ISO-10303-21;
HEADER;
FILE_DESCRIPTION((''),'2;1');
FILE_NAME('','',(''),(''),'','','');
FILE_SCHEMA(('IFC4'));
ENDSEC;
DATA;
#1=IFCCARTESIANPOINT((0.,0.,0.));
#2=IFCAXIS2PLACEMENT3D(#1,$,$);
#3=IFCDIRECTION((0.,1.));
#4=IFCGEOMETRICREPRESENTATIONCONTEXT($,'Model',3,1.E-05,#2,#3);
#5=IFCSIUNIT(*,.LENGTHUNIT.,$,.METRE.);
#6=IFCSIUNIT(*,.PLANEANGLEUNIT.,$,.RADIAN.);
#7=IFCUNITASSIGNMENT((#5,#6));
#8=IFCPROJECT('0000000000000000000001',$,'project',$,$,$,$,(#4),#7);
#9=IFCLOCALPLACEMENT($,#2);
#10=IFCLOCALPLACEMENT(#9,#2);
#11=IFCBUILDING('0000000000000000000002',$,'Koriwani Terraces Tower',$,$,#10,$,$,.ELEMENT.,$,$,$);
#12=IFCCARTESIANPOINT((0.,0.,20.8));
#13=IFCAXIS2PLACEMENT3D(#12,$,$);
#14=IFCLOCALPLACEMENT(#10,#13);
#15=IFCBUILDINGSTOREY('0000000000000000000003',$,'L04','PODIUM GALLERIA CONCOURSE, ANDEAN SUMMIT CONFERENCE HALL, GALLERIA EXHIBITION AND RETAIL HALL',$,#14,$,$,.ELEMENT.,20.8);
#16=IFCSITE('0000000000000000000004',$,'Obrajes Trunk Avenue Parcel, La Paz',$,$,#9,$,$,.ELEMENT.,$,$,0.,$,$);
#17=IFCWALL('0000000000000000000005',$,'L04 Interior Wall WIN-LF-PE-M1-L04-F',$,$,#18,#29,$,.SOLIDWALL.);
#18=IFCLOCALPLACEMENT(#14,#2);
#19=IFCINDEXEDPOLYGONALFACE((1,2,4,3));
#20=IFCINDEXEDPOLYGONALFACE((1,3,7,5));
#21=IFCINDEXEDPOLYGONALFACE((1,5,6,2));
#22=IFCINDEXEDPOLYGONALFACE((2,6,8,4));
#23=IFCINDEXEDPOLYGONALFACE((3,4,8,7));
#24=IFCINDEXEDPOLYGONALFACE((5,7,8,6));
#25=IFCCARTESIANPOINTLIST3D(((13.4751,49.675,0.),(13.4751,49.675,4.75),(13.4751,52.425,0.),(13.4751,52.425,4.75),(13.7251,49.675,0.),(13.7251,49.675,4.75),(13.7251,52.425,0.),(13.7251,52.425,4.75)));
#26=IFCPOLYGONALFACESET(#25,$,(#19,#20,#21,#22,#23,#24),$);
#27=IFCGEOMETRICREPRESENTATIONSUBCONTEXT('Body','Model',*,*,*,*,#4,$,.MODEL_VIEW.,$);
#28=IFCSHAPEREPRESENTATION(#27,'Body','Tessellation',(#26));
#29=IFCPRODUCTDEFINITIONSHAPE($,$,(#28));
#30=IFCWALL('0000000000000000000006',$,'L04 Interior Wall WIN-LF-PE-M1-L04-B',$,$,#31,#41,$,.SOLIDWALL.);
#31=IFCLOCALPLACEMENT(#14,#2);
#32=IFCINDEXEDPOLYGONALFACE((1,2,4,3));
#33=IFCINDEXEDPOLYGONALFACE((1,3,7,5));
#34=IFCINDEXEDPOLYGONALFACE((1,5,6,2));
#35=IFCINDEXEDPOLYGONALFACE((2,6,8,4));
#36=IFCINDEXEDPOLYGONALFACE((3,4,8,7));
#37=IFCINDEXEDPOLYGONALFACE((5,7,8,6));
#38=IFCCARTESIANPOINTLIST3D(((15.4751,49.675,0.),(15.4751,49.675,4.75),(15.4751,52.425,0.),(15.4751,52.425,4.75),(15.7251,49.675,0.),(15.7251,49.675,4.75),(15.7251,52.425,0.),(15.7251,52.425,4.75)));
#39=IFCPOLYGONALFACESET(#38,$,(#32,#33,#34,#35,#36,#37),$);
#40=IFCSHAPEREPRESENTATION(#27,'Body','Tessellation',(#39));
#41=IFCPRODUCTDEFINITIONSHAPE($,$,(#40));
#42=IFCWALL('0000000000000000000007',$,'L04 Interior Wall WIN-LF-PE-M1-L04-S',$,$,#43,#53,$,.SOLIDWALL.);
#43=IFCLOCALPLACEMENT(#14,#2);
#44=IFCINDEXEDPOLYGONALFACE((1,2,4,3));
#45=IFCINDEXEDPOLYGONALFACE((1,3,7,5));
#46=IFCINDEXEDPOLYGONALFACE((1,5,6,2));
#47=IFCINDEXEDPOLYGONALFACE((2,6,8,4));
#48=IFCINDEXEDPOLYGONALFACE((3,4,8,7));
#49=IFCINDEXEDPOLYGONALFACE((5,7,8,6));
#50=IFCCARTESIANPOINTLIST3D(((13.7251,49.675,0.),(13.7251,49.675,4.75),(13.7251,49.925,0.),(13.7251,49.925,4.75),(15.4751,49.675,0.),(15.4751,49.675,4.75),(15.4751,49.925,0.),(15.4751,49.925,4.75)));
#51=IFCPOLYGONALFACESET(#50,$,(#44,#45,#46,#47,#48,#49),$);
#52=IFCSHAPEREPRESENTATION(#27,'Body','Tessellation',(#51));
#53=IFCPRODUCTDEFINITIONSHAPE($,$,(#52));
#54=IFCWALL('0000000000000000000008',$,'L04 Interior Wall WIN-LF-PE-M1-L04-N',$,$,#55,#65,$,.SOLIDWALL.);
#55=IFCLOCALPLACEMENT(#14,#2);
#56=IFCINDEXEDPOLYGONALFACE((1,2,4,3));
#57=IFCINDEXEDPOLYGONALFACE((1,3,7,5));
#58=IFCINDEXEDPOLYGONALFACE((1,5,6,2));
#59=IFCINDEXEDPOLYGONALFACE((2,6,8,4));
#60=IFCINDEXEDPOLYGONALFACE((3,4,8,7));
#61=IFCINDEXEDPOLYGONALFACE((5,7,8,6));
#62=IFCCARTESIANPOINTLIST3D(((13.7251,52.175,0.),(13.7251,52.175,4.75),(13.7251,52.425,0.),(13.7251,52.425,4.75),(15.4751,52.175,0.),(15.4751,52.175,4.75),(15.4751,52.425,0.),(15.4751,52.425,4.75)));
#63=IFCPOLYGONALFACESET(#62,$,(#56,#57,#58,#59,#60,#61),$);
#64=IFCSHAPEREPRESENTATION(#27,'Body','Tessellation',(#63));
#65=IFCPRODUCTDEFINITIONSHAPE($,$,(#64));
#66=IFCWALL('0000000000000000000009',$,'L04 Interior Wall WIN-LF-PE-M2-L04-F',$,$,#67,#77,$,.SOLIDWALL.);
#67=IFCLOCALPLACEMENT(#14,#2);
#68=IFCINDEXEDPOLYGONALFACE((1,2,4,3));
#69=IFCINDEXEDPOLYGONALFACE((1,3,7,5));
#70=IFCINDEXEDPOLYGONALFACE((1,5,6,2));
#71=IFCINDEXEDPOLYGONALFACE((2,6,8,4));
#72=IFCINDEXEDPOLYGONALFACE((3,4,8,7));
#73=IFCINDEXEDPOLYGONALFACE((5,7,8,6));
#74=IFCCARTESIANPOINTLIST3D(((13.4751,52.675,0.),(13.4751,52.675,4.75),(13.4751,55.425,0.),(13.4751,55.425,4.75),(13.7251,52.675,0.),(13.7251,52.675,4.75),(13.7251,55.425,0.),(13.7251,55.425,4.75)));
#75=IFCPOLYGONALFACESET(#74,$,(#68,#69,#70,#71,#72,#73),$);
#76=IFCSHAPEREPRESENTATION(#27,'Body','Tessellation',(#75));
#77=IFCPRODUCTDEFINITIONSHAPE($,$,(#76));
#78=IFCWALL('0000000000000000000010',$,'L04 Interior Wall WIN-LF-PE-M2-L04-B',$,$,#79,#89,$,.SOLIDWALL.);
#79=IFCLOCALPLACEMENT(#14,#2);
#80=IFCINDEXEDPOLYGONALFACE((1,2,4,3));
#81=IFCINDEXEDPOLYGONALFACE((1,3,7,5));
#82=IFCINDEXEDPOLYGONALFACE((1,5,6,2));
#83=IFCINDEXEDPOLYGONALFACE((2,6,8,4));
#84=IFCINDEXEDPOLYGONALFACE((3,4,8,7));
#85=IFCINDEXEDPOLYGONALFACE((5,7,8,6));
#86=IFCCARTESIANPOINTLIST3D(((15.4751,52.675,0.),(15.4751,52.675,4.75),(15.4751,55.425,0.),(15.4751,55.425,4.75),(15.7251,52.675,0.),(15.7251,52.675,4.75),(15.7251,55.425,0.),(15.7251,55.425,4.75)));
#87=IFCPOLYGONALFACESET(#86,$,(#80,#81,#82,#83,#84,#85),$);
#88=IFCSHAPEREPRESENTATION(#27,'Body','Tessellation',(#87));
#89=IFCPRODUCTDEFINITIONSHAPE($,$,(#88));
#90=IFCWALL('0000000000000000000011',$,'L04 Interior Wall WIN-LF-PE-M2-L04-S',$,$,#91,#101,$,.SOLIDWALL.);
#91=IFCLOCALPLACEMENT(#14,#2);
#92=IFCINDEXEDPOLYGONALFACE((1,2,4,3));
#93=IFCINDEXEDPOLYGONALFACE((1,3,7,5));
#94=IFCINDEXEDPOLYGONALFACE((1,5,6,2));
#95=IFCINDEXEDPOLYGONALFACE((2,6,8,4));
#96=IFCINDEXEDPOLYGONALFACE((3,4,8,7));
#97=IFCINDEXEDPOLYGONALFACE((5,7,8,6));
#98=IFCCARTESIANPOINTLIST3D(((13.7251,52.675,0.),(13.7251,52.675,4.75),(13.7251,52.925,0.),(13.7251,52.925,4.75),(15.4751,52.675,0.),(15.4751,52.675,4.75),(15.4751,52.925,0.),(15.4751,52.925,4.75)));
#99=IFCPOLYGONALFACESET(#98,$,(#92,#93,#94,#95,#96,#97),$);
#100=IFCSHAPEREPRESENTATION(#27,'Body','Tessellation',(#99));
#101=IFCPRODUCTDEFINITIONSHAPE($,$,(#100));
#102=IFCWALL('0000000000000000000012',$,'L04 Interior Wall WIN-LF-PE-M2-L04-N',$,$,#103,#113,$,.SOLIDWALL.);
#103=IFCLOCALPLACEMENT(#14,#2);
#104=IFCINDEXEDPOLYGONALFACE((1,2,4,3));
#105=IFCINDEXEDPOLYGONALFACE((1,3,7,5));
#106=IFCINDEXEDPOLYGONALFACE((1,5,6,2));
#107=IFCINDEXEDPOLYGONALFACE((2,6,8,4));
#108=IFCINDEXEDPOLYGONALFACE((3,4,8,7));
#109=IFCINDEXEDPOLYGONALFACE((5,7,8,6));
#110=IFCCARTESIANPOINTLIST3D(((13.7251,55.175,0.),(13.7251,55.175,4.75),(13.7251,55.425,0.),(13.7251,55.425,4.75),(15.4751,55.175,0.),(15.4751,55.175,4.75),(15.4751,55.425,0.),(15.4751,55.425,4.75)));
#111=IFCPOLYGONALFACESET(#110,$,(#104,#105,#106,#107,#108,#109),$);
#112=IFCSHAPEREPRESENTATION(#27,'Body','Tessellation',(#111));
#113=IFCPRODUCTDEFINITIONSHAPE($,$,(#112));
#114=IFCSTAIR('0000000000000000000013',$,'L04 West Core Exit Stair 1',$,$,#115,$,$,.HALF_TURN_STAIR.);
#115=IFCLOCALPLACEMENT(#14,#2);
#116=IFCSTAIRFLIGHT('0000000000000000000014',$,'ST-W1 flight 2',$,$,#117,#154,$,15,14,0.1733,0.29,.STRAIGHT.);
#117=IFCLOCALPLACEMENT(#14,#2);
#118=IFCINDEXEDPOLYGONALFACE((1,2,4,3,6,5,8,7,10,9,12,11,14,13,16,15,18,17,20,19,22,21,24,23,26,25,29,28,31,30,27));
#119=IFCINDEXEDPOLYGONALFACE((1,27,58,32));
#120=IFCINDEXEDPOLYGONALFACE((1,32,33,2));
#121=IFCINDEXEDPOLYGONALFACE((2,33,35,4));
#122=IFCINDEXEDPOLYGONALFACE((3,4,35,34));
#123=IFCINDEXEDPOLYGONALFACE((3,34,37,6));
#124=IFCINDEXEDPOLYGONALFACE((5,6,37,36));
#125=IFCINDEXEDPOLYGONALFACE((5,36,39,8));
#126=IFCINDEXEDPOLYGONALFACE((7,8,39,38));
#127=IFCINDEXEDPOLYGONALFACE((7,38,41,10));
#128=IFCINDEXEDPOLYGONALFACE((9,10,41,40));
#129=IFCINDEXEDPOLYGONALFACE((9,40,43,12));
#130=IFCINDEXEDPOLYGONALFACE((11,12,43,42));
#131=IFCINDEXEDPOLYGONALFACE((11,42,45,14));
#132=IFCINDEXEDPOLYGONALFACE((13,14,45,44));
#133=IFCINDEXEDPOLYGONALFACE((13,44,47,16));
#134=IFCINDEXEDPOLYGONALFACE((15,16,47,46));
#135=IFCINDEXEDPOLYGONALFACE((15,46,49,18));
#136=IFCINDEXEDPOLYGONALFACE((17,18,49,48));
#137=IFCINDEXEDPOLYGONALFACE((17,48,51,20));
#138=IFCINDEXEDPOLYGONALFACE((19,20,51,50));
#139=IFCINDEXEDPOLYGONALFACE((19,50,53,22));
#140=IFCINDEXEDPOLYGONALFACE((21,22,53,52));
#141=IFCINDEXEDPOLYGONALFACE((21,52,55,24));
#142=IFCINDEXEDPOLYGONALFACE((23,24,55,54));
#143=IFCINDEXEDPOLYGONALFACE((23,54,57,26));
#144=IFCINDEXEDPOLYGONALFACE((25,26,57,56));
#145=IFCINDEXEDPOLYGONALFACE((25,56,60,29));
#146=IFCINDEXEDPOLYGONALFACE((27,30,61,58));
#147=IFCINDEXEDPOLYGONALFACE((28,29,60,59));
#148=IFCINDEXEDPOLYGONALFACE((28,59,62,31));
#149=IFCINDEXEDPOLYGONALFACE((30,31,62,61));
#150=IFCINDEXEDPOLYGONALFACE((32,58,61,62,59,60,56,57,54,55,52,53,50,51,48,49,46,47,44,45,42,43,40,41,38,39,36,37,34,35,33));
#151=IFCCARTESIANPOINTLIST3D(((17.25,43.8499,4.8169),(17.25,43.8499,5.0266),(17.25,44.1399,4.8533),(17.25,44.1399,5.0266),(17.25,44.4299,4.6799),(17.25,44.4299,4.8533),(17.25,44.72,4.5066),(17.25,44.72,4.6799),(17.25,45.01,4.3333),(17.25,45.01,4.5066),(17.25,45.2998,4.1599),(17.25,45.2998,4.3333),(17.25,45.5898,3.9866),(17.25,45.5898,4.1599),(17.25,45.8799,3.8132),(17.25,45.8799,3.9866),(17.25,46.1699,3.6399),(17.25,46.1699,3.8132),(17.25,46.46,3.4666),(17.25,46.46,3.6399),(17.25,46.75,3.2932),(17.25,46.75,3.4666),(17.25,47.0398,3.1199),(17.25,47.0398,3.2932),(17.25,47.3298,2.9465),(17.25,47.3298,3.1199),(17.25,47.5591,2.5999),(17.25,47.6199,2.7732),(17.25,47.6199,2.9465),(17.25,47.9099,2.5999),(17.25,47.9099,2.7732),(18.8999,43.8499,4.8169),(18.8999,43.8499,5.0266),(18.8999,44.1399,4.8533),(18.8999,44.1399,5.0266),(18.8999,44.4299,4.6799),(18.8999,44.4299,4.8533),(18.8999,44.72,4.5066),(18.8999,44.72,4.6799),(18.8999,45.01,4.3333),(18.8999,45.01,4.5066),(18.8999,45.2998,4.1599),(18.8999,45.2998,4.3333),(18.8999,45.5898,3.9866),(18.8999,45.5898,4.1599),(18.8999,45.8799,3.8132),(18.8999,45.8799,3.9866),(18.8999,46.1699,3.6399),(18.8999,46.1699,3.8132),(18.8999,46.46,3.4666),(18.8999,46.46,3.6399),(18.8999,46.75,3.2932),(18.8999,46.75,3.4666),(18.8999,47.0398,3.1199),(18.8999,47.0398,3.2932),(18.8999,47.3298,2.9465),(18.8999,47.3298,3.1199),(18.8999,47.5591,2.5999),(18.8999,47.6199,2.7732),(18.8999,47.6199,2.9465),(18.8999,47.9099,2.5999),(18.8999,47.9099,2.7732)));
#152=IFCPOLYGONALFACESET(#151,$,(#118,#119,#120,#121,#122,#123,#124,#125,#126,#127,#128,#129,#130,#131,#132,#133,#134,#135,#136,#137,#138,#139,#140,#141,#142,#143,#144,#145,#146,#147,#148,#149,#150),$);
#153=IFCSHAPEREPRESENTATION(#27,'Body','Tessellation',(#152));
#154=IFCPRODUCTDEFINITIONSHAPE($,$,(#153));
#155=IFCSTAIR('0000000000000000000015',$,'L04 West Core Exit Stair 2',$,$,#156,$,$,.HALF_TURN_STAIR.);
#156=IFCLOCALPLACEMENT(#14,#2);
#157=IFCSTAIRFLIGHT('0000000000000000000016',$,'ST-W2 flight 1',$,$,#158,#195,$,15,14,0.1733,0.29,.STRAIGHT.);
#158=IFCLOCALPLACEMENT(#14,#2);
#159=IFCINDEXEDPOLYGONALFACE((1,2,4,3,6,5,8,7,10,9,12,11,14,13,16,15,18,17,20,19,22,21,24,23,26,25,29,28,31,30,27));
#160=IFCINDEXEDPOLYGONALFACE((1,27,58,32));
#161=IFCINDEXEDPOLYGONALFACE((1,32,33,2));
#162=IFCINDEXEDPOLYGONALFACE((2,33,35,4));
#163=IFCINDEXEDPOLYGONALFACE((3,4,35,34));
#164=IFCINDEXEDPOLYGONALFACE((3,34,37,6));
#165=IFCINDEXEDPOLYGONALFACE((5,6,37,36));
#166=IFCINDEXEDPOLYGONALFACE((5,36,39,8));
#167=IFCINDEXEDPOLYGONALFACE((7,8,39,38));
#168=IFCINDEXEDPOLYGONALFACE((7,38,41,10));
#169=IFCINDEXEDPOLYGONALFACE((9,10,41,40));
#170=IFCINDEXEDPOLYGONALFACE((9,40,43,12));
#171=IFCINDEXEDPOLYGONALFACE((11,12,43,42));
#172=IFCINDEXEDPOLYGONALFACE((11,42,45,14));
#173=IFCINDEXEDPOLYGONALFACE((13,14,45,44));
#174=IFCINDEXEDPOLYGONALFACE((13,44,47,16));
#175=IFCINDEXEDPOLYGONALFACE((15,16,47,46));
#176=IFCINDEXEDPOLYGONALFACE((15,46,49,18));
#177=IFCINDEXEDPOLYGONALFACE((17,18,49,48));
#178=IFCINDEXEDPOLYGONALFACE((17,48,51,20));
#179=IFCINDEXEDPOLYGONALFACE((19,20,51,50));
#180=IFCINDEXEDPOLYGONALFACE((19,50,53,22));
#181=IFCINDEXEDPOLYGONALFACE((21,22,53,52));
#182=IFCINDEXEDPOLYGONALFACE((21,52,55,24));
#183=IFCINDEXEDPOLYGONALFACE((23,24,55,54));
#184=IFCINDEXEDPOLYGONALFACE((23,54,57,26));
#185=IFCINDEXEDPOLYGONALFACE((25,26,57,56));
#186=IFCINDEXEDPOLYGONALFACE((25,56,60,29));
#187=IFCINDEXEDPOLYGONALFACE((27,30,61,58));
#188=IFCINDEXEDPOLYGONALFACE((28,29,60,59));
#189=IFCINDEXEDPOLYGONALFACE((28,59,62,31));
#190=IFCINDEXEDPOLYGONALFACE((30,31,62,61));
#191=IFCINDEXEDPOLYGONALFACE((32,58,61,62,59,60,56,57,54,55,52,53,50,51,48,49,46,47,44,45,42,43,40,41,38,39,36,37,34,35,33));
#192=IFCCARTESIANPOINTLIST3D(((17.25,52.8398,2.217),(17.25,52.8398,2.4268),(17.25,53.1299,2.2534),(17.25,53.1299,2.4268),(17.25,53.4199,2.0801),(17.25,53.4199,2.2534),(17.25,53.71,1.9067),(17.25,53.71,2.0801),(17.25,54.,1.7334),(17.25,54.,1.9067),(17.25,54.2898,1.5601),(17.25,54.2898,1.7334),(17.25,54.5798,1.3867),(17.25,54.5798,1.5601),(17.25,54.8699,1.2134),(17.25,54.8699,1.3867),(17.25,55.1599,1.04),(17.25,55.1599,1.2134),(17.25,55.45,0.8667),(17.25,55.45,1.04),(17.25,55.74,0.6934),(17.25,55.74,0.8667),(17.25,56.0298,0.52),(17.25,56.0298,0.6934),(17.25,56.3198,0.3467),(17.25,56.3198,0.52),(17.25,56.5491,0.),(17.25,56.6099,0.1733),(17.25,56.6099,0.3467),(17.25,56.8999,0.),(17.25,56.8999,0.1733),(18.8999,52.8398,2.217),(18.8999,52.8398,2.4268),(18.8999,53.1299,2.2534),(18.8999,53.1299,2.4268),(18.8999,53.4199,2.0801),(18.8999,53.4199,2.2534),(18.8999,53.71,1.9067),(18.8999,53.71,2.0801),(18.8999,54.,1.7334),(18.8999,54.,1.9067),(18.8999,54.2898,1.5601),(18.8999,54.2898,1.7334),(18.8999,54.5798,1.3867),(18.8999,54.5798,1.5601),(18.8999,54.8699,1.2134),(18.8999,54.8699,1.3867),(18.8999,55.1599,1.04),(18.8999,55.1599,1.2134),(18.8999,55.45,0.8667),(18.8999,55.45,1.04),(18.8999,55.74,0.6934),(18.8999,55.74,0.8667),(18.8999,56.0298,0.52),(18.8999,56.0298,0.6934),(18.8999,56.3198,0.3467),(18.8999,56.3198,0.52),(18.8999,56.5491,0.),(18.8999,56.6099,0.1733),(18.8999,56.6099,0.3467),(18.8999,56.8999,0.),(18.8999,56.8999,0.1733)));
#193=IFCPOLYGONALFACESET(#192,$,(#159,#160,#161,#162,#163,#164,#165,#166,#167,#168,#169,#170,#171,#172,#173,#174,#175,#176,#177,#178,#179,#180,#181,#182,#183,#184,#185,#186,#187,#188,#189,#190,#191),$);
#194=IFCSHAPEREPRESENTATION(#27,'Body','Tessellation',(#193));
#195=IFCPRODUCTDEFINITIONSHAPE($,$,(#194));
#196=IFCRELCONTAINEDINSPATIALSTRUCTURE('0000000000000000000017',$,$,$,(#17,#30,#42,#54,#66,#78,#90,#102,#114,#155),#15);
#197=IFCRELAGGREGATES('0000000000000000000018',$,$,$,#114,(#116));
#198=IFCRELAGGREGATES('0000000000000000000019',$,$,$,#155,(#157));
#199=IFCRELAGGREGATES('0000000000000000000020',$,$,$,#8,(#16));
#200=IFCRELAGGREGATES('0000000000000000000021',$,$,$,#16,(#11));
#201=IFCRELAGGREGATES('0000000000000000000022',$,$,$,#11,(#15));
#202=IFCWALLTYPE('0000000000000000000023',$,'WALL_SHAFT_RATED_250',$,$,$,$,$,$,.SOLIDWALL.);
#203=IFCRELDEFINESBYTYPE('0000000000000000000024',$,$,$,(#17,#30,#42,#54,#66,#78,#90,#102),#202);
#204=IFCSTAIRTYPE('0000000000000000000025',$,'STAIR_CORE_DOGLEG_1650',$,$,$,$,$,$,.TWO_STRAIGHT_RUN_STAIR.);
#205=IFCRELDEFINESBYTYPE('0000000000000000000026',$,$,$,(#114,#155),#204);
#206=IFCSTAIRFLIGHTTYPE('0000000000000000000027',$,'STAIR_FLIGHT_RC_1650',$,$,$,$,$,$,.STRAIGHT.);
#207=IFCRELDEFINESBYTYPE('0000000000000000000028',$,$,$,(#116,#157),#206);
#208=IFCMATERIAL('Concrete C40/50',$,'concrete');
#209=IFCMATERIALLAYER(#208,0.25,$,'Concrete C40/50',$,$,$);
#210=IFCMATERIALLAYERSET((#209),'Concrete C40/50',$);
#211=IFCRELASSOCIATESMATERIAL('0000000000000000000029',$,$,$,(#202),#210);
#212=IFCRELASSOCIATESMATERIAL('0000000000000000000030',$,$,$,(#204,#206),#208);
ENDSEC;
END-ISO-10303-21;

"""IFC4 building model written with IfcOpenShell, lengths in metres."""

from ifc_helpers import new_model, si_unit, direction, frame, frame_2d, origin, place, context, subcontext, project, spatial, polyline, rectangle, outline, extrude, material, layer, layer_set, type_object, element, aggregate, save


model = new_model("IFC4")

# Units and contexts
model_context = context("Model", 3, precision=1e-05, world=origin(), true_north=direction((0.0, 1.0)))
body_context = subcontext(model_context, "Body", "Model", "MODEL_VIEW")
ifc_project = project(units=[si_unit("LENGTHUNIT", "METRE"), si_unit("PLANEANGLEUNIT", "RADIAN")], contexts=[model_context])

# Site, building, storey
site_placement = place(None, origin())
site = spatial("IfcSite", under=ifc_project, at=site_placement, Name="Obrajes Trunk Avenue Parcel, La Paz", CompositionType="ELEMENT", RefElevation=0.0)
building_placement = place(site_placement, origin())
building = spatial("IfcBuilding", under=site, at=building_placement, Name="Koriwani Terraces Tower", CompositionType="ELEMENT")
storey_placement = place(building_placement, frame((0.0, 0.0, 20.8)))
storey = spatial("IfcBuildingStorey", under=building, at=storey_placement, Name="L04", Description="PODIUM GALLERIA CONCOURSE, ANDEAN SUMMIT CONFERENCE HALL, GALLERIA EXHIBITION AND RETAIL HALL", CompositionType="ELEMENT", Elevation=20.8)

# Shared definitions
ifc_material_1 = material(Name="Concrete C40/50", Category="concrete")

# Shared definitions
ifc_layer_1 = layer(ifc_material_1, 0.25, Name="Concrete C40/50")
ifc_layer_set_1 = layer_set([ifc_layer_1], Name="Concrete C40/50")
wall_type = type_object("IfcWallType", Name="WALL_SHAFT_RATED_250", PredefinedType="SOLIDWALL", material=ifc_layer_set_1)

# Walls
for number, where, z_axis, x_axis, name in (
    (1, (13.6001, 49.675, 0.0), (0.0, 0.0, 1.0), (0.0, 1.0, 0.0), "L04 Interior Wall WIN-LF-PE-M1-L04-F"),
    (2, (15.6001, 49.675, 0.0), (0.0, 0.0, 1.0), (0.0, 1.0, 0.0), "L04 Interior Wall WIN-LF-PE-M1-L04-B"),
):
    element("IfcWall", number, at=place(storey_placement, frame(where, z_axis=z_axis, x_axis=x_axis)), inside=storey, type_object=wall_type, Name=name, PredefinedType="SOLIDWALL", context=body_context, shape_type="SweptSolid", body=[
        extrude(rectangle(XDim=2.75, YDim=0.25, at=frame_2d((1.375, 0.0))), origin(), (0.0, 0.0, 1.0), 4.75),
    ])
for number, where, z_axis, x_axis, name in (
    (3, (13.7251, 49.8, 0.0), (0.0, 0.0, 1.0), (1.0, 0.0, 0.0), "L04 Interior Wall WIN-LF-PE-M1-L04-S"),
    (4, (13.7251, 52.3, 0.0), (0.0, 0.0, 1.0), (1.0, 0.0, 0.0), "L04 Interior Wall WIN-LF-PE-M1-L04-N"),
):
    element("IfcWall", number, at=place(storey_placement, frame(where, z_axis=z_axis, x_axis=x_axis)), inside=storey, type_object=wall_type, Name=name, PredefinedType="SOLIDWALL", context=body_context, shape_type="SweptSolid", body=[
        extrude(rectangle(XDim=1.75, YDim=0.25, at=frame_2d((0.875, 0.0))), origin(), (0.0, 0.0, 1.0), 4.75),
    ])
for number, where, z_axis, x_axis, name in (
    (5, (13.6001, 52.675, 0.0), (0.0, 0.0, 1.0), (0.0, 1.0, 0.0), "L04 Interior Wall WIN-LF-PE-M2-L04-F"),
    (6, (15.6001, 52.675, 0.0), (0.0, 0.0, 1.0), (0.0, 1.0, 0.0), "L04 Interior Wall WIN-LF-PE-M2-L04-B"),
):
    element("IfcWall", number, at=place(storey_placement, frame(where, z_axis=z_axis, x_axis=x_axis)), inside=storey, type_object=wall_type, Name=name, PredefinedType="SOLIDWALL", context=body_context, shape_type="SweptSolid", body=[
        extrude(rectangle(XDim=2.75, YDim=0.25, at=frame_2d((1.375, 0.0))), origin(), (0.0, 0.0, 1.0), 4.75),
    ])
for number, where, z_axis, x_axis, name in (
    (7, (13.7251, 52.8, 0.0), (0.0, 0.0, 1.0), (1.0, 0.0, 0.0), "L04 Interior Wall WIN-LF-PE-M2-L04-S"),
    (8, (13.7251, 55.3, 0.0), (0.0, 0.0, 1.0), (1.0, 0.0, 0.0), "L04 Interior Wall WIN-LF-PE-M2-L04-N"),
):
    element("IfcWall", number, at=place(storey_placement, frame(where, z_axis=z_axis, x_axis=x_axis)), inside=storey, type_object=wall_type, Name=name, PredefinedType="SOLIDWALL", context=body_context, shape_type="SweptSolid", body=[
        extrude(rectangle(XDim=1.75, YDim=0.25, at=frame_2d((0.875, 0.0))), origin(), (0.0, 0.0, 1.0), 4.75),
    ])

# Stairs, stair flights
stair_type = type_object("IfcStairType", Name="STAIR_CORE_DOGLEG_1650", PredefinedType="TWO_STRAIGHT_RUN_STAIR", material=ifc_material_1)
stair_1_placement = place(storey_placement, origin())
stair_1 = element("IfcStair", 9, at=stair_1_placement, inside=storey, type_object=stair_type, Name="L04 West Core Exit Stair 1", PredefinedType="HALF_TURN_STAIR")
stair_flight_type = type_object("IfcStairFlightType", Name="STAIR_FLIGHT_RC_1650", PredefinedType="STRAIGHT", material=ifc_material_1)
stair_flight_1_placement = place(storey_placement, frame((18.075, 47.9099, 2.5999), z_axis=(0.0, 0.0, 1.0), x_axis=(0.0, -1.0, 0.0)))
stair_flight_1 = element("IfcStairFlight", 10, at=stair_flight_1_placement, type_object=stair_flight_type, Name="ST-W1 flight 2", NumberOfRisers=15, NumberOfTreads=14, PredefinedType="STRAIGHT", RiserHeight=0.1733, TreadLength=0.29, context=body_context, shape_type="SweptSolid", body=[
    extrude(outline(polyline([(0.0, 0.0), (0.0, 0.1733), (0.29, 0.1733), (0.29, 0.3467), (0.5801, 0.3467), (0.5801, 0.52), (0.8701, 0.52), (0.8701, 0.6934), (1.1599, 0.6934), (1.1599, 0.8667), (1.45, 0.8667), (1.45, 1.04), (1.74, 1.04), (1.74, 1.2134), (2.03, 1.2134), (2.03, 1.3867), (2.3201, 1.3867), (2.3201, 1.5601), (2.6101, 1.5601), (2.6101, 1.7334), (2.8999, 1.7334), (2.8999, 1.9067), (3.1899, 1.9067), (3.1899, 2.0801), (3.48, 2.0801), (3.48, 2.2534), (3.77, 2.2534), (3.77, 2.4268), (4.0601, 2.4268), (4.0601, 2.6001), (4.0601, 2.217), (0.3508, 0.0), (0.0, 0.0)])), frame((0.0, 0.825, 0.0), z_axis=(0.0, -1.0, 0.0), x_axis=(1.0, 0.0, 0.0)), (0.0, 0.0, 1.0), 1.6499),
])
aggregate(stair_1, [stair_flight_1])
stair_2_placement = place(storey_placement, origin())
stair_2 = element("IfcStair", 11, at=stair_2_placement, inside=storey, type_object=stair_type, Name="L04 West Core Exit Stair 2", PredefinedType="HALF_TURN_STAIR")
stair_flight_2_placement = place(storey_placement, frame((18.075, 56.8999, 0.0), z_axis=(0.0, 0.0, 1.0), x_axis=(0.0, -1.0, 0.0)))
stair_flight_2 = element("IfcStairFlight", 12, at=stair_flight_2_placement, type_object=stair_flight_type, Name="ST-W2 flight 1", NumberOfRisers=15, NumberOfTreads=14, PredefinedType="STRAIGHT", RiserHeight=0.1733, TreadLength=0.29, context=body_context, shape_type="SweptSolid", body=[
    extrude(outline(polyline([(0.0, 0.0), (0.0, 0.1733), (0.29, 0.1733), (0.29, 0.3467), (0.5801, 0.3467), (0.5801, 0.52), (0.8701, 0.52), (0.8701, 0.6934), (1.1599, 0.6934), (1.1599, 0.8667), (1.45, 0.8667), (1.45, 1.04), (1.74, 1.04), (1.74, 1.2134), (2.03, 1.2134), (2.03, 1.3867), (2.3201, 1.3867), (2.3201, 1.5601), (2.6101, 1.5601), (2.6101, 1.7334), (2.8999, 1.7334), (2.8999, 1.9067), (3.1899, 1.9067), (3.1899, 2.0801), (3.48, 2.0801), (3.48, 2.2534), (3.77, 2.2534), (3.77, 2.4268), (4.0601, 2.4268), (4.0601, 2.6001), (4.0601, 2.217), (0.3508, 0.0), (0.0, 0.0)])), frame((0.0, 0.825, 0.0), z_axis=(0.0, -1.0, 0.0), x_axis=(1.0, 0.0, 0.0)), (0.0, 0.0, 1.0), 1.6499),
])
aggregate(stair_2, [stair_flight_2])

save(model, "model.ifc")
